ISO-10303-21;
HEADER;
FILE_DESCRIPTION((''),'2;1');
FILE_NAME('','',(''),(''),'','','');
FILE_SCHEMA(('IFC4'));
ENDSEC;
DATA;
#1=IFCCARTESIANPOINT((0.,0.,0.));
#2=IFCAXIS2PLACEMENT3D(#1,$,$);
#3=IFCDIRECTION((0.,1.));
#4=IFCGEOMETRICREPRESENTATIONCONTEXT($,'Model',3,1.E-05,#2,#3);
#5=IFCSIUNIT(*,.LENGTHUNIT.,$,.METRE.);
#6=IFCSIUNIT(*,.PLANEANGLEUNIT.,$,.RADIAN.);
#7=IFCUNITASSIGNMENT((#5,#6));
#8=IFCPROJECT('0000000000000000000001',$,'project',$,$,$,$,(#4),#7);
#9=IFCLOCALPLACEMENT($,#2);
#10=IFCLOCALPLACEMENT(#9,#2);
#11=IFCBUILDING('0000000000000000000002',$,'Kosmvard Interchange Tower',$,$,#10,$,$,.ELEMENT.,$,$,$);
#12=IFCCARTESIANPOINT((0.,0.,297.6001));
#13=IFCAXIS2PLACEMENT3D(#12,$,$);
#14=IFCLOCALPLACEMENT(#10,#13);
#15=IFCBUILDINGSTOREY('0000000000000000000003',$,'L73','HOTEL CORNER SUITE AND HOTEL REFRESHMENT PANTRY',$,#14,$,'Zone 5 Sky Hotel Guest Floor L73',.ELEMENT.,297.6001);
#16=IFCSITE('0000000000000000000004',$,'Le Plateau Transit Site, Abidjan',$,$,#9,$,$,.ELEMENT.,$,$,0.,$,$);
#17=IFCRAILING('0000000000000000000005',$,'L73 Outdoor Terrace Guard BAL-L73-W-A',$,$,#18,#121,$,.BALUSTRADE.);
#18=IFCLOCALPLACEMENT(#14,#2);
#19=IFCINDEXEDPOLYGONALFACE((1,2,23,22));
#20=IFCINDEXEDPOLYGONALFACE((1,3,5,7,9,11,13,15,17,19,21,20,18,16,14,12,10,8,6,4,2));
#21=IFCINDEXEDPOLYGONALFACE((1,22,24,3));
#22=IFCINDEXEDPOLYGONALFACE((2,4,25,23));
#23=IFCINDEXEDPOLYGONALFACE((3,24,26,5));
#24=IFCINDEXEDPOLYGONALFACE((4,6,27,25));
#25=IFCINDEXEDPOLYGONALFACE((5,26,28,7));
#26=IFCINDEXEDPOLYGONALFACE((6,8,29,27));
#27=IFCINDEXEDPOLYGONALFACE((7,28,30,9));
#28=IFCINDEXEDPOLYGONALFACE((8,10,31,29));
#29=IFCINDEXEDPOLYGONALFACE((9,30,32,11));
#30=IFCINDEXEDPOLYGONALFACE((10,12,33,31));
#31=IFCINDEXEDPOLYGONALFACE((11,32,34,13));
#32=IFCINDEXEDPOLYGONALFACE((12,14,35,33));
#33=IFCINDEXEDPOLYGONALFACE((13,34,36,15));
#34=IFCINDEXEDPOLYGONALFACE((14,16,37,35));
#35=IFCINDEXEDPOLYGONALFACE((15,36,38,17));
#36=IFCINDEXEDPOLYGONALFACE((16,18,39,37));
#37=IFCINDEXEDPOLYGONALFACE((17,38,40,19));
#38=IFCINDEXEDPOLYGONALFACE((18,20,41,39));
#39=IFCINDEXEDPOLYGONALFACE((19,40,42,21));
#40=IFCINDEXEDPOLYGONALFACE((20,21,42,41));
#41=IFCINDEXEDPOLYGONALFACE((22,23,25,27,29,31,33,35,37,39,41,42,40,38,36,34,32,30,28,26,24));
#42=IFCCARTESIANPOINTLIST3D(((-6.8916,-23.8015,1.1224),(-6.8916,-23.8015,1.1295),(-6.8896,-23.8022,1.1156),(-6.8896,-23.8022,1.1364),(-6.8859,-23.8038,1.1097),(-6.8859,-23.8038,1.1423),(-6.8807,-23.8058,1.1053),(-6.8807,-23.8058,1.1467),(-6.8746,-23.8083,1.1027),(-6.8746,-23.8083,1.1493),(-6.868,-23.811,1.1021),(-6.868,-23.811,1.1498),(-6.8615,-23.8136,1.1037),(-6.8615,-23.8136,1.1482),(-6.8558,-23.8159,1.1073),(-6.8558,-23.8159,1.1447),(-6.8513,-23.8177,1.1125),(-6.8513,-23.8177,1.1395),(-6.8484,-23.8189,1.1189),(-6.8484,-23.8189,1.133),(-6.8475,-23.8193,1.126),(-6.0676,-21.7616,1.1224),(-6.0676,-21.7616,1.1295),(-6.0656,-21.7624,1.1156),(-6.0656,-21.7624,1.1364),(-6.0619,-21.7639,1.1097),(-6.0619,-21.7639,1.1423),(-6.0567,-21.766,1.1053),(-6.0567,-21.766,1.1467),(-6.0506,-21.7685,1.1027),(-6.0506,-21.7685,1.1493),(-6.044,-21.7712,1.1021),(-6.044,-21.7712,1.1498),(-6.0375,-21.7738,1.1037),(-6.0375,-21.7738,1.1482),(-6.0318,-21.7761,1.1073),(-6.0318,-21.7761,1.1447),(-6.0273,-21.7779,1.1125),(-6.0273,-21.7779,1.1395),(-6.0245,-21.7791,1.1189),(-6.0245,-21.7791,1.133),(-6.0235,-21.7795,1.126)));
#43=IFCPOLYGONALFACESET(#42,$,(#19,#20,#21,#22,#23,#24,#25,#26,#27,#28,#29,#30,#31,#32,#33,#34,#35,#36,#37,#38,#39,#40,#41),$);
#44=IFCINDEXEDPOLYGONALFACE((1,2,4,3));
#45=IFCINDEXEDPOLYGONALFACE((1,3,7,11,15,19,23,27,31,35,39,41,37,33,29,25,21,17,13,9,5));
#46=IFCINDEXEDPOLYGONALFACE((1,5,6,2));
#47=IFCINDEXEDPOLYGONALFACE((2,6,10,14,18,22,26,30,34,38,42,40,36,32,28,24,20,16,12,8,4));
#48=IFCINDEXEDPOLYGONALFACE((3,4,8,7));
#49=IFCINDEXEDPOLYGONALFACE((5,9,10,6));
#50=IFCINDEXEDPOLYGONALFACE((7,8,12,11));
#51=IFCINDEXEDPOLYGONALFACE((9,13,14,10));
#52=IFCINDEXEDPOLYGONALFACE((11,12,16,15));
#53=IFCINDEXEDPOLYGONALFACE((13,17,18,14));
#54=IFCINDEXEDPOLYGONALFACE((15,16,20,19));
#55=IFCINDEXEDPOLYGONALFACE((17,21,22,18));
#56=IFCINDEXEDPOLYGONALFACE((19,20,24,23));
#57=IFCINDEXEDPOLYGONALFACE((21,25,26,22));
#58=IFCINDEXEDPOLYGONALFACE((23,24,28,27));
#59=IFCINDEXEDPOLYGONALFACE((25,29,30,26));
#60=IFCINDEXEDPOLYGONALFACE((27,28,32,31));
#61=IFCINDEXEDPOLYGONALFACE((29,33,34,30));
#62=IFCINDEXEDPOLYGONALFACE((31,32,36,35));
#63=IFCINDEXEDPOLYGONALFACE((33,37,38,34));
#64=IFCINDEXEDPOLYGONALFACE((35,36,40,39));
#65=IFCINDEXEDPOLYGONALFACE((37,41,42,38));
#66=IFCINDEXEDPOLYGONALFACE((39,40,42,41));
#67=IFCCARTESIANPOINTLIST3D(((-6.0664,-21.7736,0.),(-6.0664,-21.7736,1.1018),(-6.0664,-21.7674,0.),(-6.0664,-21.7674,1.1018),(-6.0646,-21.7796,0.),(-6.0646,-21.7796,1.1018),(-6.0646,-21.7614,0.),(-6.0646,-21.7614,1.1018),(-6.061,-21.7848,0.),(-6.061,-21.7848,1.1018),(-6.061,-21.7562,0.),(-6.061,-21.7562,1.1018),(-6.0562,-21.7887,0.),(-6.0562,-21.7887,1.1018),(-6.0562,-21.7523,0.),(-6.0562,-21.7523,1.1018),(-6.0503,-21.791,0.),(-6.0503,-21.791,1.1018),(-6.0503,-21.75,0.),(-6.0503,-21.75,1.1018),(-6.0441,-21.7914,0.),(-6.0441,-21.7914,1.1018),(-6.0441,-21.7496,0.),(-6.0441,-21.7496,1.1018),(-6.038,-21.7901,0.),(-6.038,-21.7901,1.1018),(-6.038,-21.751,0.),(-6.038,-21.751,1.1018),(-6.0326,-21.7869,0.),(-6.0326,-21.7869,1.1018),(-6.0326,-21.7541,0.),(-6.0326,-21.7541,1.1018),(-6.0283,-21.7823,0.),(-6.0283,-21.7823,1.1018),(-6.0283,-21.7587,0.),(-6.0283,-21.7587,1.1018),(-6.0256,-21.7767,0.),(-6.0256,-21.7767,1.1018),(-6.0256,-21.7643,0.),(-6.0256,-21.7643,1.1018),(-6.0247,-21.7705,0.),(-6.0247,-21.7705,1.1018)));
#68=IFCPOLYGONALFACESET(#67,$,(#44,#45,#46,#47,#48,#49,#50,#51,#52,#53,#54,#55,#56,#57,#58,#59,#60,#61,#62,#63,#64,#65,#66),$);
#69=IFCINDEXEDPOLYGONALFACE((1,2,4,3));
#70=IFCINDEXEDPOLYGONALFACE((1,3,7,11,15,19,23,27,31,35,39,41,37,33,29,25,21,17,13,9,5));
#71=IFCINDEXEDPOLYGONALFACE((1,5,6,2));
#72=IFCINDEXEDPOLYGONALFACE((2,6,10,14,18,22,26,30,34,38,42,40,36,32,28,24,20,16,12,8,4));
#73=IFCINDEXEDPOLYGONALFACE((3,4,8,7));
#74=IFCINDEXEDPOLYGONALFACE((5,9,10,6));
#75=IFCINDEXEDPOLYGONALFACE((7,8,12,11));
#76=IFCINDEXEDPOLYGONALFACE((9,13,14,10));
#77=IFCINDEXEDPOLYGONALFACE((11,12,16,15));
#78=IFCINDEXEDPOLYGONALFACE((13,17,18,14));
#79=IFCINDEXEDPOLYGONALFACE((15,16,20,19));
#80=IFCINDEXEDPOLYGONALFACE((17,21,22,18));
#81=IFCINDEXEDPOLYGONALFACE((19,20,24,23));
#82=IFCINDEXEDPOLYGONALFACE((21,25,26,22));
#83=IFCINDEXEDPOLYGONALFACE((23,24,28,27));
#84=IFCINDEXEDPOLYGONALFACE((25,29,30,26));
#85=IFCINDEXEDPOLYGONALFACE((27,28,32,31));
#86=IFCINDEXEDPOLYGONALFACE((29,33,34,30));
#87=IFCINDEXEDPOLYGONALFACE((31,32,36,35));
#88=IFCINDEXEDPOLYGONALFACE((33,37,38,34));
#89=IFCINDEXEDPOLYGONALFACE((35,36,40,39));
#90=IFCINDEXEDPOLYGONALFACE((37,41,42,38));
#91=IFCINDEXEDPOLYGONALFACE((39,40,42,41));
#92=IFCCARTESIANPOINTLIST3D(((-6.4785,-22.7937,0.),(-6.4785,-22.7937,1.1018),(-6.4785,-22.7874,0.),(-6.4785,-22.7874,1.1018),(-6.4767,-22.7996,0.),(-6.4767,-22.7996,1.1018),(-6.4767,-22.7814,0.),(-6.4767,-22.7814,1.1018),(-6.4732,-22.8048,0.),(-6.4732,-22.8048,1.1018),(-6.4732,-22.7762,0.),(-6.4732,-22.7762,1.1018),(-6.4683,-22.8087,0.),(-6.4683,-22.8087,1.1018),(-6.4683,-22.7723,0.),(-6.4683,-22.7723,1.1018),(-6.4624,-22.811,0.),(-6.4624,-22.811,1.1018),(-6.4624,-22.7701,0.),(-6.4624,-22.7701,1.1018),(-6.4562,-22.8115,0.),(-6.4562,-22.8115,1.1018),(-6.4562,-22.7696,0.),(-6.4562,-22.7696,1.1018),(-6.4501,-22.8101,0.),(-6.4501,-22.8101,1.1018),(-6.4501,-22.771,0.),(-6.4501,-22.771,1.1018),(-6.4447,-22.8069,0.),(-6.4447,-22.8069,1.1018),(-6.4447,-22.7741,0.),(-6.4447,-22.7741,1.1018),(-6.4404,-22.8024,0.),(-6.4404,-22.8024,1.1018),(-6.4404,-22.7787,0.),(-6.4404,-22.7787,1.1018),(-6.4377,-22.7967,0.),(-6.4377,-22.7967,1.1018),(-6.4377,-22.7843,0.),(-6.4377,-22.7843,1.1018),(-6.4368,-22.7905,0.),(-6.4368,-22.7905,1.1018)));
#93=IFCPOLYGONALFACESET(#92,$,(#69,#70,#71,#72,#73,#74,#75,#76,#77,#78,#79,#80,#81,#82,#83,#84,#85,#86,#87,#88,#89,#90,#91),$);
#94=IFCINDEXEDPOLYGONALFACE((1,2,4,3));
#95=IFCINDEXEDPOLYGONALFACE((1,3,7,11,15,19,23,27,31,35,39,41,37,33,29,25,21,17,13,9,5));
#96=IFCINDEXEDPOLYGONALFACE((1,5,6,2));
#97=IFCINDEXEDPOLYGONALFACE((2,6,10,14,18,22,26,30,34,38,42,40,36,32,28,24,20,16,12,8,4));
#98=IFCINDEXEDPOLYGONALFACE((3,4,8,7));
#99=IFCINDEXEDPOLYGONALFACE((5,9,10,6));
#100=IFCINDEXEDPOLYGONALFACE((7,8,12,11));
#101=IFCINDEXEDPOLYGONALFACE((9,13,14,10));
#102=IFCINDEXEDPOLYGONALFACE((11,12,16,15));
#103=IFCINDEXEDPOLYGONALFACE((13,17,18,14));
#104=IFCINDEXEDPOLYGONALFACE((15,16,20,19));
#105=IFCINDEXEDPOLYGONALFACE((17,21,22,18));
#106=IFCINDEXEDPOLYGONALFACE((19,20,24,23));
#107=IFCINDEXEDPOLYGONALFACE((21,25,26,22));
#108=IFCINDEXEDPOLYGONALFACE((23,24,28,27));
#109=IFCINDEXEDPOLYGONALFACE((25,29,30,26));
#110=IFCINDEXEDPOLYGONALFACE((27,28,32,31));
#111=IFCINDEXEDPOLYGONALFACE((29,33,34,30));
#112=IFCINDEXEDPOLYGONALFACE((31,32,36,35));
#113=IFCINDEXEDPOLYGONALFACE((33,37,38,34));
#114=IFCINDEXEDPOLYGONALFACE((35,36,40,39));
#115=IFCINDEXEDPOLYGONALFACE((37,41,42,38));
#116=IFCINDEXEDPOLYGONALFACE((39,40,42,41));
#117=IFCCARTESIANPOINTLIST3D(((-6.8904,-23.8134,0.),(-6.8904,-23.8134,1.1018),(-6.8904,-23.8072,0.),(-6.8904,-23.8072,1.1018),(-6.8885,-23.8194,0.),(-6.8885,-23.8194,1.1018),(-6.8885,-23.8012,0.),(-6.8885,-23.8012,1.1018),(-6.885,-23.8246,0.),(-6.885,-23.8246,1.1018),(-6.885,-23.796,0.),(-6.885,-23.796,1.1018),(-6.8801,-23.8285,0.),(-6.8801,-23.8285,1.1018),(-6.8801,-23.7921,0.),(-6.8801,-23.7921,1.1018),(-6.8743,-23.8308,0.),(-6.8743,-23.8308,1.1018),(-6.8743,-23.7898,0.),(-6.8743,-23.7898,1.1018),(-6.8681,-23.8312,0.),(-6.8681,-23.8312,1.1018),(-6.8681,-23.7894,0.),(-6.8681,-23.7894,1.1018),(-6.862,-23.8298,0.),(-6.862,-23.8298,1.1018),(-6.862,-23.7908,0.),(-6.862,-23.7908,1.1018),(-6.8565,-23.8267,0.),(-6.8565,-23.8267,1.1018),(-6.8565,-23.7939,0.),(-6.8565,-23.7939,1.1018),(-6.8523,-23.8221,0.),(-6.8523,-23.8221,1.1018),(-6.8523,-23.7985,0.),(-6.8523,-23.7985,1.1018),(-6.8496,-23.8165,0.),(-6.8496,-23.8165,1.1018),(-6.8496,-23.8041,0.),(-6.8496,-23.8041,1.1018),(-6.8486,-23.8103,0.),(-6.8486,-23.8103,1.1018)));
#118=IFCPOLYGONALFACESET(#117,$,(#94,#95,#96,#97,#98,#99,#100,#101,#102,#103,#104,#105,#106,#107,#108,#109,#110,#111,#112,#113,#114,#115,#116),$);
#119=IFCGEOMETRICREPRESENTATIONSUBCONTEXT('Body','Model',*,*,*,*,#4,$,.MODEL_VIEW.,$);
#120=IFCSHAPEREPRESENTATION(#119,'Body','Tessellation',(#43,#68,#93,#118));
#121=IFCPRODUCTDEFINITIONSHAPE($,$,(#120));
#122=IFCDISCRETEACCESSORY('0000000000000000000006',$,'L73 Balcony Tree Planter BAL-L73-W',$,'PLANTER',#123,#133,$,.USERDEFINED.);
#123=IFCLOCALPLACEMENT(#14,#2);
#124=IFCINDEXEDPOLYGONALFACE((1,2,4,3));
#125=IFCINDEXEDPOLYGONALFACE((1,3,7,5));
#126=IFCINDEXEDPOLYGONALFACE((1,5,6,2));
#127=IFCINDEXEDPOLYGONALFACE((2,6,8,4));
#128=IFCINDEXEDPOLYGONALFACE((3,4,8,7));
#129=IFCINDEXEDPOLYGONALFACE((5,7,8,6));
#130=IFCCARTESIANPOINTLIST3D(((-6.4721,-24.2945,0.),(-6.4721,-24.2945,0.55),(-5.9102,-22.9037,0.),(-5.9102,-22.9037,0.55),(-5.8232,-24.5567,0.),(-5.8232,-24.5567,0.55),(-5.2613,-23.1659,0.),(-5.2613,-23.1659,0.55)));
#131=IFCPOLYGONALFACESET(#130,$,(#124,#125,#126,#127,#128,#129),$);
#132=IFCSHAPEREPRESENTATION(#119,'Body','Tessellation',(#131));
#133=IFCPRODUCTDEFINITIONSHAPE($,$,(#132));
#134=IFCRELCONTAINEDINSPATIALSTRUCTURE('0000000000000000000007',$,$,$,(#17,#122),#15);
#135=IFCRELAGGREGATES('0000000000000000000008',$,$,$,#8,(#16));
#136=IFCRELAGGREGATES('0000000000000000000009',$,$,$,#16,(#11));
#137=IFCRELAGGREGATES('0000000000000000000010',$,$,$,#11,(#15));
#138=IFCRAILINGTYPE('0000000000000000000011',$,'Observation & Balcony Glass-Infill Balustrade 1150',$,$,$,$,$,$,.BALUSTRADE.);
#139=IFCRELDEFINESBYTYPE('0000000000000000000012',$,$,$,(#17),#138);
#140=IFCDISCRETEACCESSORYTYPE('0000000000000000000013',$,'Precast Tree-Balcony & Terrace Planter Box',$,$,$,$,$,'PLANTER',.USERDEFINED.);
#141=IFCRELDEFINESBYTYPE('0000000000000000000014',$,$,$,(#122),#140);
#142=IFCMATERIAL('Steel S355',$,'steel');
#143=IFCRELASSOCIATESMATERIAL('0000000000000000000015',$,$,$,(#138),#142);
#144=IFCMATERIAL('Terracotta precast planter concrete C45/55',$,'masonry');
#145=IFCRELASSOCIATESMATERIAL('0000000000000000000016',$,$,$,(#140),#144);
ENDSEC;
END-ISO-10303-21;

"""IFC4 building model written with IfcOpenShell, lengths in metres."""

from ifc_helpers import new_model, si_unit, direction, frame, origin, origin_2d, place, context, subcontext, project, spatial, rectangle, circle, extrude, source, transform, mapped, material, type_object, element, save


model = new_model("IFC4")

# Units and contexts
model_context = context("Model", 3, precision=1e-05, world=origin(), true_north=direction((0.0, 1.0)))
body_context = subcontext(model_context, "Body", "Model", "MODEL_VIEW")
ifc_project = project(units=[si_unit("LENGTHUNIT", "METRE"), si_unit("PLANEANGLEUNIT", "RADIAN")], contexts=[model_context])

# Site, building, storey
site_placement = place(None, origin())
site = spatial("IfcSite", under=ifc_project, at=site_placement, Name="Le Plateau Transit Site, Abidjan", CompositionType="ELEMENT", RefElevation=0.0)
building_placement = place(site_placement, origin())
building = spatial("IfcBuilding", under=site, at=building_placement, Name="Kosmvard Interchange Tower", CompositionType="ELEMENT")
storey_placement = place(building_placement, frame((0.0, 0.0, 297.6001)))
storey = spatial("IfcBuildingStorey", under=building, at=storey_placement, Name="L73", Description="HOTEL CORNER SUITE AND HOTEL REFRESHMENT PANTRY", LongName="Zone 5 Sky Hotel Guest Floor L73", CompositionType="ELEMENT", Elevation=297.6001)

# Shared definitions
ifc_material_1 = material(Name="Steel S355", Category="steel")

# Railing
railing_type = type_object("IfcRailingType", Name="Observation & Balcony Glass-Infill Balustrade 1150", PredefinedType="BALUSTRADE", material=ifc_material_1)
shared_shape_1 = source(origin(), body_context, "Body", "SweptSolid", [
    extrude(circle(Radius=0.0239, at=origin_2d()), frame((0.0, 0.0, 1.126), z_axis=(-0.374546, -0.927208, 0.0), x_axis=(0.927208, -0.374546, 0.0)), (0.0, 0.0, 1.0), 2.2),
    extrude(circle(Radius=0.021, at=origin_2d()), origin(), (0.0, 0.0, 1.0), 1.1018),
    extrude(circle(Radius=0.021, at=origin_2d()), frame((-0.4121, -1.02, 0.0)), (0.0, 0.0, 1.0), 1.1018),
    extrude(circle(Radius=0.021, at=origin_2d()), frame((-0.824, -2.0398, 0.0)), (0.0, 0.0, 1.0), 1.1018),
])
railing_1_placement = place(storey_placement, frame((-6.0457, -21.7705, 0.0)))
element("IfcRailing", 1, at=railing_1_placement, inside=storey, type_object=railing_type, Name="L73 Outdoor Terrace Guard BAL-L73-W-A", PredefinedType="BALUSTRADE", context=body_context, shape_type="MappedRepresentation", body=[
    mapped(shared_shape_1, transform((0.0, 0.0, 0.0), scale=1.0)),
])

# Discrete accessory
ifc_material_2 = material(Name="Terracotta precast planter concrete C45/55", Category="masonry")
discrete_accessory_type = type_object("IfcDiscreteAccessoryType", Name="Precast Tree-Balcony & Terrace Planter Box", ElementType="PLANTER", PredefinedType="USERDEFINED", material=ifc_material_2)
shared_shape_2 = source(origin(), body_context, "Body", "SweptSolid", [
    extrude(rectangle(XDim=1.5, YDim=0.7, at=origin_2d()), origin(), (0.0, 0.0, 1.0), 0.55),
])
discrete_accessory_placement = place(storey_placement, frame((-5.8667, -23.7302, 0.0), z_axis=(0.0, 0.0, 1.0), x_axis=(0.374607, 0.927184, 0.0)))
element("IfcDiscreteAccessory", 2, at=discrete_accessory_placement, inside=storey, type_object=discrete_accessory_type, Name="L73 Balcony Tree Planter BAL-L73-W", ObjectType="PLANTER", PredefinedType="USERDEFINED", context=body_context, shape_type="MappedRepresentation", body=[
    mapped(shared_shape_2, transform((0.0, 0.0, 0.0), scale=1.0)),
])

save(model, "model.ifc")
